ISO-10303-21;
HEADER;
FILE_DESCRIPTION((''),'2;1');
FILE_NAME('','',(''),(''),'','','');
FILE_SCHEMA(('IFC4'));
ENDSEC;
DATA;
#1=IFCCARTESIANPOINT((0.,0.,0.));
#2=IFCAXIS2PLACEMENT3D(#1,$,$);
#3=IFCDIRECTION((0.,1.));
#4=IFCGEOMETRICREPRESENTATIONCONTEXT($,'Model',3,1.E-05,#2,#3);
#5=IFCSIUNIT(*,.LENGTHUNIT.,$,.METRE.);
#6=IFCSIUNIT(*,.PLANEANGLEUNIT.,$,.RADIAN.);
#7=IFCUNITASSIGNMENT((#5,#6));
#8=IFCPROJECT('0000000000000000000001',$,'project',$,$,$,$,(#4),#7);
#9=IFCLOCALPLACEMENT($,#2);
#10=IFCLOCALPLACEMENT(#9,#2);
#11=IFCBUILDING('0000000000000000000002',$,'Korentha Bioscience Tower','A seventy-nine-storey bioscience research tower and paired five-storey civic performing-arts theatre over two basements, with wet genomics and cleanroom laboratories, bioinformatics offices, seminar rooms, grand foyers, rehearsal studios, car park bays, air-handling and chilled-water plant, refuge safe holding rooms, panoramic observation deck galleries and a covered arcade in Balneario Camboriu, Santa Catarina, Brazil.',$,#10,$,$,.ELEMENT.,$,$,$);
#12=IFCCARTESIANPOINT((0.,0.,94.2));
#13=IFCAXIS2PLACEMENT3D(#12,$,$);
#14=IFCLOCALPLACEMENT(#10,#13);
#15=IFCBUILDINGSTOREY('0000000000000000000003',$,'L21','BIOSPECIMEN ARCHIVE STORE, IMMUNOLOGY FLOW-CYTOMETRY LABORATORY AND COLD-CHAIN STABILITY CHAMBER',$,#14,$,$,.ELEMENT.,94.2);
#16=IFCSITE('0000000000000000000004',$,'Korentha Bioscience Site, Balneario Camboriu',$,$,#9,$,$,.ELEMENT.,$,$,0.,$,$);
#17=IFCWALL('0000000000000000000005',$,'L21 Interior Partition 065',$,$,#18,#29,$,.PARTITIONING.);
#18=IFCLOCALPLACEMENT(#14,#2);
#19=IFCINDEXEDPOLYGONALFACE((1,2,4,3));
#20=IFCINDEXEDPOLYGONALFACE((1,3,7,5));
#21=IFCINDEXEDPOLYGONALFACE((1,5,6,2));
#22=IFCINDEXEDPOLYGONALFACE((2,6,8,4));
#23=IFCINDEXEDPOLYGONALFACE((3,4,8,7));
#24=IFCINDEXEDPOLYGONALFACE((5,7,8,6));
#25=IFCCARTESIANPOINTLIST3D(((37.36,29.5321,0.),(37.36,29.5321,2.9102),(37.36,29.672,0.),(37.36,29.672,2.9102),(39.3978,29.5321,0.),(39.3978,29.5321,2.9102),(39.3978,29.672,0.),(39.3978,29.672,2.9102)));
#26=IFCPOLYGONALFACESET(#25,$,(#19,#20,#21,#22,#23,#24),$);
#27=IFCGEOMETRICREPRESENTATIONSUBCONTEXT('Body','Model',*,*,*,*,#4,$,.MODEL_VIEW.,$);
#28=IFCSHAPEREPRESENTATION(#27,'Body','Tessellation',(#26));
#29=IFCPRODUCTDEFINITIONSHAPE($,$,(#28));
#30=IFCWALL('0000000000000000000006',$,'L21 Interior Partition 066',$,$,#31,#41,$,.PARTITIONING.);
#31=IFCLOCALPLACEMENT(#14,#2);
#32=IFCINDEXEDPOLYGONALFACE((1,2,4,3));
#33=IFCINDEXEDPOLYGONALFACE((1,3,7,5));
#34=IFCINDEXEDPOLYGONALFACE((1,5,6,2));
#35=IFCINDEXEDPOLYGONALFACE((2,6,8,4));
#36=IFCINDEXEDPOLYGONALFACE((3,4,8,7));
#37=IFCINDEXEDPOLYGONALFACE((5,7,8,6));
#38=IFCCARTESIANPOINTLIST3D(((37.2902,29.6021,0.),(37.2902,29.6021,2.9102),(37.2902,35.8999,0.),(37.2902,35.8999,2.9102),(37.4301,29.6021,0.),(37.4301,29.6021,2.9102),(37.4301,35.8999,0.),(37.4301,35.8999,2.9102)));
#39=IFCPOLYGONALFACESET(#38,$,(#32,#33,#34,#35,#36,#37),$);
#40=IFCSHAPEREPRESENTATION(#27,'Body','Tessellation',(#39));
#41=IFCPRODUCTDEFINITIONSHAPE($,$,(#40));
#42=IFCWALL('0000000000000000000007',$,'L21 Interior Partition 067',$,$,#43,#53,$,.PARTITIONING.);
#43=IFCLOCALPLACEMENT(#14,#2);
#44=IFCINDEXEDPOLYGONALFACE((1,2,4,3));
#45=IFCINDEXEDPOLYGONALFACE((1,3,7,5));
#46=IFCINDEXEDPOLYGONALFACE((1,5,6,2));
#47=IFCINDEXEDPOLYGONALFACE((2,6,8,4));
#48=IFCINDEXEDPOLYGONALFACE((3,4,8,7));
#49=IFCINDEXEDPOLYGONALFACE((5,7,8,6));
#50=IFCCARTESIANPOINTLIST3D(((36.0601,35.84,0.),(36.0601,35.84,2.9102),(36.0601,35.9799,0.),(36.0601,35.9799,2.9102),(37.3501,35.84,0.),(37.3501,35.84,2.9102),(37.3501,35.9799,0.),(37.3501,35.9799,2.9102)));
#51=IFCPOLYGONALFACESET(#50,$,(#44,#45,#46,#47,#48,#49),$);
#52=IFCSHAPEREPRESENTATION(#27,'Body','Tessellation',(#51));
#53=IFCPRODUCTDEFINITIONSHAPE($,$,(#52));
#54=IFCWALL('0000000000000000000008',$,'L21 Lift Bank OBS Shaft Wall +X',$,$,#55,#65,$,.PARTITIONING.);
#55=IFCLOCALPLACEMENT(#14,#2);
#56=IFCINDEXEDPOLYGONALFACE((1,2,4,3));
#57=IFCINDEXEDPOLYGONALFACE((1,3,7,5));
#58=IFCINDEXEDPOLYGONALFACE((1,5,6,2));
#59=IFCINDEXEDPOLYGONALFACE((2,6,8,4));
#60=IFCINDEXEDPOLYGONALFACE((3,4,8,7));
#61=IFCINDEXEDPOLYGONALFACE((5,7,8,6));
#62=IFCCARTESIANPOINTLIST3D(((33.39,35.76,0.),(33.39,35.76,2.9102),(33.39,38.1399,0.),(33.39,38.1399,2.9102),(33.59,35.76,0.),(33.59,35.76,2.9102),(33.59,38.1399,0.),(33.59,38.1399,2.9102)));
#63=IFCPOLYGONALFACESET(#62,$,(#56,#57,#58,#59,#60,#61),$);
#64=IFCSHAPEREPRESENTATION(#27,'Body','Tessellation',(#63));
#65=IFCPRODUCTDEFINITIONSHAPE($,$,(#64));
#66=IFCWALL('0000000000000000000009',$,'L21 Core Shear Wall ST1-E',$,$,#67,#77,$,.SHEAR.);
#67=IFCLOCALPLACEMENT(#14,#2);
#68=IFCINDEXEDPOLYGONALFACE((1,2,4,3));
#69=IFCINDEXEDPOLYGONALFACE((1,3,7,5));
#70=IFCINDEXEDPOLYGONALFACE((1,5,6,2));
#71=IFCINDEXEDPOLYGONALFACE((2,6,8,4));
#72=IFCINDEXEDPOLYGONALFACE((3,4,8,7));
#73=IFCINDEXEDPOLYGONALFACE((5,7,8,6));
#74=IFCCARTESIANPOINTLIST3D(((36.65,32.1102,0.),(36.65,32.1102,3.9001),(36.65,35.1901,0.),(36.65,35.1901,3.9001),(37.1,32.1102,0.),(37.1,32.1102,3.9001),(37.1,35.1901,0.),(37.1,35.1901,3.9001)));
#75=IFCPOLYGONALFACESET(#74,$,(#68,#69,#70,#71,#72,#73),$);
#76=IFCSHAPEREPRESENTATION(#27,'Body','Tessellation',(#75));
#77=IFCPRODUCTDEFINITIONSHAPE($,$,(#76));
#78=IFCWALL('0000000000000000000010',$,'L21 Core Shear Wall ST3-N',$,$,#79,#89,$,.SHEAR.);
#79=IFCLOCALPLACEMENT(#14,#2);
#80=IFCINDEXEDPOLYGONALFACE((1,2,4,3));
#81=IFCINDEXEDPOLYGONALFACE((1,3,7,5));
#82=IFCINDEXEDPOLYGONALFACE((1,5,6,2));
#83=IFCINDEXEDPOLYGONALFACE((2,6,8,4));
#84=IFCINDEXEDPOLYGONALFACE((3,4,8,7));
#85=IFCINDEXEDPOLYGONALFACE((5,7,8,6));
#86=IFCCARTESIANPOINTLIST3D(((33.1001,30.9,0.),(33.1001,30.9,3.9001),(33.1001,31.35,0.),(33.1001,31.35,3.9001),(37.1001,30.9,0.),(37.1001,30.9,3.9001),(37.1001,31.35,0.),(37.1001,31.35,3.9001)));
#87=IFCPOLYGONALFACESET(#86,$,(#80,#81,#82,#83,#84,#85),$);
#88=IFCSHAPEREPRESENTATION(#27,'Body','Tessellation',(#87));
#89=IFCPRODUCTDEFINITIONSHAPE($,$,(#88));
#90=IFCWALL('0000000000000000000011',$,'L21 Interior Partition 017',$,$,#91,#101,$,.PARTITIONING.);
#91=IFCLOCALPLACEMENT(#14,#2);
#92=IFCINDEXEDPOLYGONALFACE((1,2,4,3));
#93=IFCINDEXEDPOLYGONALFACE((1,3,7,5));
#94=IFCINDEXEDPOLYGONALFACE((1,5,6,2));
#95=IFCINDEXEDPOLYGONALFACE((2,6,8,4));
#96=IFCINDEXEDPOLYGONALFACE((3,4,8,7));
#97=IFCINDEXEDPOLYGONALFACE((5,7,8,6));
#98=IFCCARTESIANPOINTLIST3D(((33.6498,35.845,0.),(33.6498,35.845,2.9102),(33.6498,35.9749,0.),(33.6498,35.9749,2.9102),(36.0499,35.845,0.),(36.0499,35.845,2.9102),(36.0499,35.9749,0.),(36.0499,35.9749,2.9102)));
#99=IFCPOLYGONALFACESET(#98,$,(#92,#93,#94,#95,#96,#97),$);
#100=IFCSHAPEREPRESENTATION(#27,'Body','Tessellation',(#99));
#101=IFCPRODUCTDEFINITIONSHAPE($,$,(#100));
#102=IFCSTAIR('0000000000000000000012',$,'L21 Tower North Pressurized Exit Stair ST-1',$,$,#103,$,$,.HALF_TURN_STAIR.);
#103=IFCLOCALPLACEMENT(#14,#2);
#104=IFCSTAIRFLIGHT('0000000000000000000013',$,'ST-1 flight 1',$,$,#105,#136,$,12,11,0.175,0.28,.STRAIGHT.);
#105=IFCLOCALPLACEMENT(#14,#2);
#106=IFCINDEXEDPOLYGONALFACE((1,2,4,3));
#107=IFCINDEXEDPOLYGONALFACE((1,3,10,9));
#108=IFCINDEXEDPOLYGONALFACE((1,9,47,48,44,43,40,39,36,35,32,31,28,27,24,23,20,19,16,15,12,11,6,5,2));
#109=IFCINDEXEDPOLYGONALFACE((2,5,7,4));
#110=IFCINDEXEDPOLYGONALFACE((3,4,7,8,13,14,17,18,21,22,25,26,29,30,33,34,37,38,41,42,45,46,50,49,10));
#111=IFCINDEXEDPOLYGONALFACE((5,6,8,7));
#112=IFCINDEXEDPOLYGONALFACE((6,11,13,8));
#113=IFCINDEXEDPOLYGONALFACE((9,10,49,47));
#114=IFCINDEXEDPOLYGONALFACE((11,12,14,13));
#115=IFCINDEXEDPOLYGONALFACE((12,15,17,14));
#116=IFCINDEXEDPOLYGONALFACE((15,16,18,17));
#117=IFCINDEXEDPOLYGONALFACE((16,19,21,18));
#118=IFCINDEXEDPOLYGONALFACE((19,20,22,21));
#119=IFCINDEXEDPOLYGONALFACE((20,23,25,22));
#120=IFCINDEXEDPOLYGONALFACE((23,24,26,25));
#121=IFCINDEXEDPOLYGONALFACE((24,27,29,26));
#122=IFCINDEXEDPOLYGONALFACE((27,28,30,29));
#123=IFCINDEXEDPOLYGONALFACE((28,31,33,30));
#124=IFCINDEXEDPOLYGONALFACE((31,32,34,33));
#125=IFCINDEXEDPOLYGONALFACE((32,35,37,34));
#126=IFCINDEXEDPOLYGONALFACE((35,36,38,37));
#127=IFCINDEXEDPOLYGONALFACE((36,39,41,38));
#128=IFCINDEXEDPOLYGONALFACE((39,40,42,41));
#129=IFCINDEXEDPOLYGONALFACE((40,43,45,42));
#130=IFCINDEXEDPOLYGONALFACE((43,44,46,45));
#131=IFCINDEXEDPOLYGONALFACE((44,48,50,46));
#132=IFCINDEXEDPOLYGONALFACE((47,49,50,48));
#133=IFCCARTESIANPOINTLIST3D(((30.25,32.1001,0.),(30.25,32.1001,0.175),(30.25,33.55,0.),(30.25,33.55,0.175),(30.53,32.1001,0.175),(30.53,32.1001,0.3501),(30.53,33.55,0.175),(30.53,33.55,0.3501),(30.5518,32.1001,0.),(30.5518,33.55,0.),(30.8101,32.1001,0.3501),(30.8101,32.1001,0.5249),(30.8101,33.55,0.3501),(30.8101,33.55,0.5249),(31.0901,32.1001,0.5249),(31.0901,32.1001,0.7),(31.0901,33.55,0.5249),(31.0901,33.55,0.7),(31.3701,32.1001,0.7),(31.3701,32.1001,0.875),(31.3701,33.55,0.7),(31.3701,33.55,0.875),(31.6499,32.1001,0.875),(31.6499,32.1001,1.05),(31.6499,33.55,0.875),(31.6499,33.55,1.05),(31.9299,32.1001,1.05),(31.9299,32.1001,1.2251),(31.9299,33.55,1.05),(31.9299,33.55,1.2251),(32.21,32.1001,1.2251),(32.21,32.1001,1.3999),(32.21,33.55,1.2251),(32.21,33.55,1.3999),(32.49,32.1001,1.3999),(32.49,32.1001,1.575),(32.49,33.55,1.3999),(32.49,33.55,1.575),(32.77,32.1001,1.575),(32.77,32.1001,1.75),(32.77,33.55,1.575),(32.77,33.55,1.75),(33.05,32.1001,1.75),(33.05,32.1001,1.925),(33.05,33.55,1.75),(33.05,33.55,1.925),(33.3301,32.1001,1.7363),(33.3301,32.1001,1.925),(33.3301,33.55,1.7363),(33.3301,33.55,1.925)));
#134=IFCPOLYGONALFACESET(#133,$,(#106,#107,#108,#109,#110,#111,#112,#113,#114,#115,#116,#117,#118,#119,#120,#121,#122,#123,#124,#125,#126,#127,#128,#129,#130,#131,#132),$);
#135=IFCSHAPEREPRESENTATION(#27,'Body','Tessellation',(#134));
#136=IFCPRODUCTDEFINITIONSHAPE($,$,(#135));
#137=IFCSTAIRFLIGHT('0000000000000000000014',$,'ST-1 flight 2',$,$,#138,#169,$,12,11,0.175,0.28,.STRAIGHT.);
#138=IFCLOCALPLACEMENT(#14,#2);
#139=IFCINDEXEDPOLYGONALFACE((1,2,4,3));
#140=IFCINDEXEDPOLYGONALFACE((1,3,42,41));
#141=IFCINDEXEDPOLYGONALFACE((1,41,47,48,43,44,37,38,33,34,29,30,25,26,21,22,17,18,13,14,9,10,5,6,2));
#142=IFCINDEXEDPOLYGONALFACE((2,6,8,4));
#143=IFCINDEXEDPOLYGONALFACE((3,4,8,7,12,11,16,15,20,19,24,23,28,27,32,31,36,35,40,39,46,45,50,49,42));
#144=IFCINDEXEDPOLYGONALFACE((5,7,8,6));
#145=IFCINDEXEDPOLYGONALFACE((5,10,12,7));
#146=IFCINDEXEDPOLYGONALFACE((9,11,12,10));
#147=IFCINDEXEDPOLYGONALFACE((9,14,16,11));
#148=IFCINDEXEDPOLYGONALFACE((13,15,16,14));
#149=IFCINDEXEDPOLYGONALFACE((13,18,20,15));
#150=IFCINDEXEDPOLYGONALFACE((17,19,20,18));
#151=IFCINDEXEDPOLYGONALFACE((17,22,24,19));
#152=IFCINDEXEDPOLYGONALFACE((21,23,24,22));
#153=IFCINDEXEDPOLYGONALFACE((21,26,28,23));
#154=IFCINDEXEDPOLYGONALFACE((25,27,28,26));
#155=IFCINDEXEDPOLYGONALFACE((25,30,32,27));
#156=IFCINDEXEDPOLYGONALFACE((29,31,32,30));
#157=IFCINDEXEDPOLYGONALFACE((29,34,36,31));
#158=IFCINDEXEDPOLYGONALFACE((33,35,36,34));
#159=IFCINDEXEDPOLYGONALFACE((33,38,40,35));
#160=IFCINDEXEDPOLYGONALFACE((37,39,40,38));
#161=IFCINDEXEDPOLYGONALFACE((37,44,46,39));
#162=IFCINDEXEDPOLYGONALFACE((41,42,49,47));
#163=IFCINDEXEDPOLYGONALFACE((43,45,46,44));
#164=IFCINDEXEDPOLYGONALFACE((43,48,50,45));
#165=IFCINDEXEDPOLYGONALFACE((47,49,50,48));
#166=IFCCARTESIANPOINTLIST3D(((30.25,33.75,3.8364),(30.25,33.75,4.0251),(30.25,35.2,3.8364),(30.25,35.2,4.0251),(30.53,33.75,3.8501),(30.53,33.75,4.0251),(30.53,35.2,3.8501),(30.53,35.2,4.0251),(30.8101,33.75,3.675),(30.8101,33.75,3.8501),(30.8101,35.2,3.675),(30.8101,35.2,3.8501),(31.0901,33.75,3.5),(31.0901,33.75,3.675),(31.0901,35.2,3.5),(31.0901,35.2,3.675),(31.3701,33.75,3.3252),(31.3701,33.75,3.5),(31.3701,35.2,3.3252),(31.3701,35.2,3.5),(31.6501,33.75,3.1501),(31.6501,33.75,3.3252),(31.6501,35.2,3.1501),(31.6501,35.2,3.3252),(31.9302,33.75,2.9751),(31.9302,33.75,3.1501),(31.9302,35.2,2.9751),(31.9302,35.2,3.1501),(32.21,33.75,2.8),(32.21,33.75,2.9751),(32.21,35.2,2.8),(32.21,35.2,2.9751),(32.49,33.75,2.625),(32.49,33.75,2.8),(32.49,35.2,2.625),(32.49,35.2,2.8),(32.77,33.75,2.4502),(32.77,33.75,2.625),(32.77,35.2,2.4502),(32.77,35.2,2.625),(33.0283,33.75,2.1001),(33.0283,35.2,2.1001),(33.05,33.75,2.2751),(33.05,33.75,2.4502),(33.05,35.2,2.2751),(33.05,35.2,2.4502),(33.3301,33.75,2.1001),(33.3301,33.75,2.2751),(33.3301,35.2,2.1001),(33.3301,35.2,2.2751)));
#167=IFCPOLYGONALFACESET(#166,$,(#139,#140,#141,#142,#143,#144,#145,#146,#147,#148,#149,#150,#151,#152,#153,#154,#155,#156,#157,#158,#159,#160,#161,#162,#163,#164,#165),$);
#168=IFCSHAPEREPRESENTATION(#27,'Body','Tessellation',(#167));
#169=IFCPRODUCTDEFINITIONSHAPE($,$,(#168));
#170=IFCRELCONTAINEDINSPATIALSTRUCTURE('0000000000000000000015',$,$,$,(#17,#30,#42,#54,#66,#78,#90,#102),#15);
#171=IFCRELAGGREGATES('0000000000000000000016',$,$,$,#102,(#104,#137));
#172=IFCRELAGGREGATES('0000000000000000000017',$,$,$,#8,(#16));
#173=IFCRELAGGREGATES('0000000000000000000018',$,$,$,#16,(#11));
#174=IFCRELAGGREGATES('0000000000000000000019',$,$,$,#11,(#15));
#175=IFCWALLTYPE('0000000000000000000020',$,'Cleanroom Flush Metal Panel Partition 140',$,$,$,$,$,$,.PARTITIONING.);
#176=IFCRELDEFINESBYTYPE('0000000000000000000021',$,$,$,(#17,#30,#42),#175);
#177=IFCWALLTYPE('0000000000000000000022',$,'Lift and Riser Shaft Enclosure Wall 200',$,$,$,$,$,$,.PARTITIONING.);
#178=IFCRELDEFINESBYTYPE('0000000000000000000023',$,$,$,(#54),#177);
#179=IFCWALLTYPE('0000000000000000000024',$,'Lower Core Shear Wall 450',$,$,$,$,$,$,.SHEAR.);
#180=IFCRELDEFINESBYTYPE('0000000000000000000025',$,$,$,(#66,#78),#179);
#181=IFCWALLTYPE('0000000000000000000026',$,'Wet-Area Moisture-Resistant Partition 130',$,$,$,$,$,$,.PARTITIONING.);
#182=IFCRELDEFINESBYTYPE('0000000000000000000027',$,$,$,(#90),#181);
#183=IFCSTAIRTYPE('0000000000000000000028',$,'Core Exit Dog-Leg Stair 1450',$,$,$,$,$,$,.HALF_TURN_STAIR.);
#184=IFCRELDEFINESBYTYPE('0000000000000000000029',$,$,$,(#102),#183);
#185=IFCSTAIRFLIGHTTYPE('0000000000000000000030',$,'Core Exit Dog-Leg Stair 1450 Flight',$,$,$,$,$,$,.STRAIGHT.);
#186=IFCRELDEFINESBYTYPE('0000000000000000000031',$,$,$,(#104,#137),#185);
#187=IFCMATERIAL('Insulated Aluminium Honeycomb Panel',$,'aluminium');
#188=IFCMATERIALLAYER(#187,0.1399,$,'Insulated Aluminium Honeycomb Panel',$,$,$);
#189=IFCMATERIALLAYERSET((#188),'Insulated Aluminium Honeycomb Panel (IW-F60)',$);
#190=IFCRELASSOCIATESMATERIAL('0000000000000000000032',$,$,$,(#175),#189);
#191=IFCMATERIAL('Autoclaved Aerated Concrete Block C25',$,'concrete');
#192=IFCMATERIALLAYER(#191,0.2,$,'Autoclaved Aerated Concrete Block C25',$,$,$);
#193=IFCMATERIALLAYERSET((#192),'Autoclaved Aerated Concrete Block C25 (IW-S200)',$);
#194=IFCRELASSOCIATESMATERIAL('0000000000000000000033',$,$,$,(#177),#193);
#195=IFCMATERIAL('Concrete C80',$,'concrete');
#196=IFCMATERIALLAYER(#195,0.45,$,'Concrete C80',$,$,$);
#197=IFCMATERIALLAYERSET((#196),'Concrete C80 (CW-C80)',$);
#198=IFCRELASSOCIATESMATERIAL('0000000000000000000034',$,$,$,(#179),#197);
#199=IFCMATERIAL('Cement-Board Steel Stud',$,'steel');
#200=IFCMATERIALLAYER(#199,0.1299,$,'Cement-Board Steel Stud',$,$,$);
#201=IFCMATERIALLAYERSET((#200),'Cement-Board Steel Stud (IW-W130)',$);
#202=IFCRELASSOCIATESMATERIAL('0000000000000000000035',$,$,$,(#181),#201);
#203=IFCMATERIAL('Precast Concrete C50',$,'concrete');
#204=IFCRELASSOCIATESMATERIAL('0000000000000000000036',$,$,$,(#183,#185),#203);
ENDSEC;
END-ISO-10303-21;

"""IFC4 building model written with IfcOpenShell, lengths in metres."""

from ifc_helpers import new_model, si_unit, direction, frame, frame_2d, origin, place, context, subcontext, project, spatial, polyline, rectangle, outline, extrude, material, layer, layer_set, type_object, element, aggregate, save


model = new_model("IFC4")

# Units and contexts
model_context = context("Model", 3, precision=1e-05, world=origin(), true_north=direction((0.0, 1.0)))
body_context = subcontext(model_context, "Body", "Model", "MODEL_VIEW")
ifc_project = project(units=[si_unit("LENGTHUNIT", "METRE"), si_unit("PLANEANGLEUNIT", "RADIAN")], contexts=[model_context])

# Site, building, storey
site_placement = place(None, origin())
site = spatial("IfcSite", under=ifc_project, at=site_placement, Name="Korentha Bioscience Site, Balneario Camboriu", CompositionType="ELEMENT", RefElevation=0.0)
building_placement = place(site_placement, origin())
building = spatial("IfcBuilding", under=site, at=building_placement, Name="Korentha Bioscience Tower", Description="A seventy-nine-storey bioscience research tower and paired five-storey civic performing-arts theatre over two basements, with wet genomics and cleanroom laboratories, bioinformatics offices, seminar rooms, grand foyers, rehearsal studios, car park bays, air-handling and chilled-water plant, refuge safe holding rooms, panoramic observation deck galleries and a covered arcade in Balneario Camboriu, Santa Catarina, Brazil.", CompositionType="ELEMENT")
storey_placement = place(building_placement, frame((0.0, 0.0, 94.2)))
storey = spatial("IfcBuildingStorey", under=building, at=storey_placement, Name="L21", Description="BIOSPECIMEN ARCHIVE STORE, IMMUNOLOGY FLOW-CYTOMETRY LABORATORY AND COLD-CHAIN STABILITY CHAMBER", CompositionType="ELEMENT", Elevation=94.2)

# Walls
ifc_material_1 = material(Name="Insulated Aluminium Honeycomb Panel", Category="aluminium")
ifc_layer_1 = layer(ifc_material_1, 0.1399, Name="Insulated Aluminium Honeycomb Panel")
ifc_layer_set_1 = layer_set([ifc_layer_1], Name="Insulated Aluminium Honeycomb Panel (IW-F60)")
wall_type_1 = type_object("IfcWallType", Name="Cleanroom Flush Metal Panel Partition 140", PredefinedType="PARTITIONING", material=ifc_layer_set_1)
wall_1_placement = place(storey_placement, frame((39.3979, 29.6021, 0.0), z_axis=(0.0, 0.0, 1.0), x_axis=(-1.0, 0.0, 0.0)))
element("IfcWall", 1, at=wall_1_placement, inside=storey, type_object=wall_type_1, Name="L21 Interior Partition 065", PredefinedType="PARTITIONING", context=body_context, shape_type="SweptSolid", body=[
    extrude(rectangle(XDim=2.0378, YDim=0.1399, at=frame_2d((1.019, 0.0))), origin(), (0.0, 0.0, 1.0), 2.9102),
])
wall_2_placement = place(storey_placement, frame((37.3601, 29.6021, 0.0), z_axis=(0.0, 0.0, 1.0), x_axis=(0.0, 1.0, 0.0)))
element("IfcWall", 2, at=wall_2_placement, inside=storey, type_object=wall_type_1, Name="L21 Interior Partition 066", PredefinedType="PARTITIONING", context=body_context, shape_type="SweptSolid", body=[
    extrude(rectangle(XDim=6.2979, YDim=0.1399, at=frame_2d((3.1489, 0.0))), origin(), (0.0, 0.0, 1.0), 2.9102),
])
wall_3_placement = place(storey_placement, frame((37.3501, 35.9099, 0.0), z_axis=(0.0, 0.0, 1.0), x_axis=(-1.0, 0.0, 0.0)))
element("IfcWall", 3, at=wall_3_placement, inside=storey, type_object=wall_type_1, Name="L21 Interior Partition 067", PredefinedType="PARTITIONING", context=body_context, shape_type="SweptSolid", body=[
    extrude(rectangle(XDim=1.29, YDim=0.1399, at=frame_2d((0.645, 0.0))), origin(), (0.0, 0.0, 1.0), 2.9102),
])
ifc_material_2 = material(Name="Autoclaved Aerated Concrete Block C25", Category="concrete")
ifc_layer_2 = layer(ifc_material_2, 0.2, Name="Autoclaved Aerated Concrete Block C25")
ifc_layer_set_2 = layer_set([ifc_layer_2], Name="Autoclaved Aerated Concrete Block C25 (IW-S200)")
wall_type_2 = type_object("IfcWallType", Name="Lift and Riser Shaft Enclosure Wall 200", PredefinedType="PARTITIONING", material=ifc_layer_set_2)
wall_4_placement = place(storey_placement, frame((33.49, 35.76, 0.0), z_axis=(0.0, 0.0, 1.0), x_axis=(0.0, 1.0, 0.0)))
element("IfcWall", 4, at=wall_4_placement, inside=storey, type_object=wall_type_2, Name="L21 Lift Bank OBS Shaft Wall +X", PredefinedType="PARTITIONING", context=body_context, shape_type="SweptSolid", body=[
    extrude(rectangle(XDim=2.3799, YDim=0.2, at=frame_2d((1.1899, 0.0))), origin(), (0.0, 0.0, 1.0), 2.9102),
])
ifc_material_3 = material(Name="Concrete C80", Category="concrete")
ifc_layer_3 = layer(ifc_material_3, 0.45, Name="Concrete C80")
ifc_layer_set_3 = layer_set([ifc_layer_3], Name="Concrete C80 (CW-C80)")
wall_type_3 = type_object("IfcWallType", Name="Lower Core Shear Wall 450", PredefinedType="SHEAR", material=ifc_layer_set_3)
wall_5_placement = place(storey_placement, frame((36.875, 32.1101, 0.0), z_axis=(0.0, 0.0, 1.0), x_axis=(0.0, 1.0, 0.0)))
element("IfcWall", 5, at=wall_5_placement, inside=storey, type_object=wall_type_3, Name="L21 Core Shear Wall ST1-E", PredefinedType="SHEAR", context=body_context, shape_type="SweptSolid", body=[
    extrude(rectangle(XDim=3.0798, YDim=0.45, at=frame_2d((1.54, 0.0))), origin(), (0.0, 0.0, 1.0), 3.9001),
])
wall_6_placement = place(storey_placement, frame((33.1001, 31.125, 0.0), z_axis=(0.0, 0.0, 1.0), x_axis=(1.0, 0.0, 0.0)))
element("IfcWall", 6, at=wall_6_placement, inside=storey, type_object=wall_type_3, Name="L21 Core Shear Wall ST3-N", PredefinedType="SHEAR", context=body_context, shape_type="SweptSolid", body=[
    extrude(rectangle(XDim=4.0, YDim=0.45, at=frame_2d((2.0, 0.0))), origin(), (0.0, 0.0, 1.0), 3.9001),
])
ifc_material_4 = material(Name="Cement-Board Steel Stud", Category="steel")
ifc_layer_4 = layer(ifc_material_4, 0.1299, Name="Cement-Board Steel Stud")
ifc_layer_set_4 = layer_set([ifc_layer_4], Name="Cement-Board Steel Stud (IW-W130)")
wall_type_4 = type_object("IfcWallType", Name="Wet-Area Moisture-Resistant Partition 130", PredefinedType="PARTITIONING", material=ifc_layer_set_4)
wall_7_placement = place(storey_placement, frame((36.05, 35.9099, 0.0), z_axis=(0.0, 0.0, 1.0), x_axis=(-1.0, 0.0, 0.0)))
element("IfcWall", 7, at=wall_7_placement, inside=storey, type_object=wall_type_4, Name="L21 Interior Partition 017", PredefinedType="PARTITIONING", context=body_context, shape_type="SweptSolid", body=[
    extrude(rectangle(XDim=2.4001, YDim=0.1299, at=frame_2d((1.2002, 0.0))), origin(), (0.0, 0.0, 1.0), 2.9102),
])

# Stair, stair flights
ifc_material_5 = material(Name="Precast Concrete C50", Category="concrete")
stair_type = type_object("IfcStairType", Name="Core Exit Dog-Leg Stair 1450", PredefinedType="HALF_TURN_STAIR", material=ifc_material_5)
stair_1_placement = place(storey_placement, origin())
stair_1 = element("IfcStair", 8, at=stair_1_placement, inside=storey, type_object=stair_type, Name="L21 Tower North Pressurized Exit Stair ST-1", PredefinedType="HALF_TURN_STAIR")
stair_flight_type = type_object("IfcStairFlightType", Name="Core Exit Dog-Leg Stair 1450 Flight", PredefinedType="STRAIGHT", material=ifc_material_5)
stair_flight_1_placement = place(storey_placement, frame((30.25, 32.825, 0.0), z_axis=(0.0, 0.0, 1.0), x_axis=(1.0, 0.0, 0.0)))
stair_flight_1 = element("IfcStairFlight", 9, at=stair_flight_1_placement, type_object=stair_flight_type, Name="ST-1 flight 1", NumberOfRisers=12, NumberOfTreads=11, PredefinedType="STRAIGHT", RiserHeight=0.175, TreadLength=0.28, context=body_context, shape_type="SweptSolid", body=[
    extrude(outline(polyline([(0.0, 0.0), (0.0, 0.175), (0.28, 0.175), (0.28, 0.3501), (0.5601, 0.3501), (0.5601, 0.5249), (0.8401, 0.5249), (0.8401, 0.7), (1.1201, 0.7), (1.1201, 0.875), (1.3999, 0.875), (1.3999, 1.05), (1.6799, 1.05), (1.6799, 1.2251), (1.96, 1.2251), (1.96, 1.3999), (2.24, 1.3999), (2.24, 1.575), (2.52, 1.575), (2.52, 1.75), (2.8, 1.75), (2.8, 1.925), (3.0801, 1.925), (3.0801, 2.1001), (3.0801, 1.7363), (0.3018, 0.0), (0.0, 0.0)])), frame((0.0, 0.7251, 0.0), z_axis=(0.0, -1.0, 0.0), x_axis=(1.0, 0.0, 0.0)), (0.0, 0.0, 1.0), 1.45),
])
stair_flight_2_placement = place(storey_placement, frame((33.3301, 34.4751, 2.1001), z_axis=(0.0, 0.0, 1.0), x_axis=(-1.0, 0.0, 0.0)))
stair_flight_2 = element("IfcStairFlight", 10, at=stair_flight_2_placement, type_object=stair_flight_type, Name="ST-1 flight 2", NumberOfRisers=12, NumberOfTreads=11, PredefinedType="STRAIGHT", RiserHeight=0.175, TreadLength=0.28, context=body_context, shape_type="SweptSolid", body=[
    extrude(outline(polyline([(0.0, 0.0), (0.0, 0.175), (0.28, 0.175), (0.28, 0.3501), (0.5601, 0.3501), (0.5601, 0.5249), (0.8401, 0.5249), (0.8401, 0.7), (1.1201, 0.7), (1.1201, 0.875), (1.3999, 0.875), (1.3999, 1.05), (1.6799, 1.05), (1.6799, 1.2251), (1.96, 1.2251), (1.96, 1.3999), (2.24, 1.3999), (2.24, 1.575), (2.52, 1.575), (2.52, 1.75), (2.8, 1.75), (2.8, 1.925), (3.0801, 1.925), (3.0801, 2.1001), (3.0801, 1.7363), (0.3018, 0.0), (0.0, 0.0)])), frame((0.0, 0.7251, 0.0), z_axis=(0.0, -1.0, 0.0), x_axis=(1.0, 0.0, 0.0)), (0.0, 0.0, 1.0), 1.45),
])
aggregate(stair_1, [stair_flight_1, stair_flight_2])

save(model, "model.ifc")
